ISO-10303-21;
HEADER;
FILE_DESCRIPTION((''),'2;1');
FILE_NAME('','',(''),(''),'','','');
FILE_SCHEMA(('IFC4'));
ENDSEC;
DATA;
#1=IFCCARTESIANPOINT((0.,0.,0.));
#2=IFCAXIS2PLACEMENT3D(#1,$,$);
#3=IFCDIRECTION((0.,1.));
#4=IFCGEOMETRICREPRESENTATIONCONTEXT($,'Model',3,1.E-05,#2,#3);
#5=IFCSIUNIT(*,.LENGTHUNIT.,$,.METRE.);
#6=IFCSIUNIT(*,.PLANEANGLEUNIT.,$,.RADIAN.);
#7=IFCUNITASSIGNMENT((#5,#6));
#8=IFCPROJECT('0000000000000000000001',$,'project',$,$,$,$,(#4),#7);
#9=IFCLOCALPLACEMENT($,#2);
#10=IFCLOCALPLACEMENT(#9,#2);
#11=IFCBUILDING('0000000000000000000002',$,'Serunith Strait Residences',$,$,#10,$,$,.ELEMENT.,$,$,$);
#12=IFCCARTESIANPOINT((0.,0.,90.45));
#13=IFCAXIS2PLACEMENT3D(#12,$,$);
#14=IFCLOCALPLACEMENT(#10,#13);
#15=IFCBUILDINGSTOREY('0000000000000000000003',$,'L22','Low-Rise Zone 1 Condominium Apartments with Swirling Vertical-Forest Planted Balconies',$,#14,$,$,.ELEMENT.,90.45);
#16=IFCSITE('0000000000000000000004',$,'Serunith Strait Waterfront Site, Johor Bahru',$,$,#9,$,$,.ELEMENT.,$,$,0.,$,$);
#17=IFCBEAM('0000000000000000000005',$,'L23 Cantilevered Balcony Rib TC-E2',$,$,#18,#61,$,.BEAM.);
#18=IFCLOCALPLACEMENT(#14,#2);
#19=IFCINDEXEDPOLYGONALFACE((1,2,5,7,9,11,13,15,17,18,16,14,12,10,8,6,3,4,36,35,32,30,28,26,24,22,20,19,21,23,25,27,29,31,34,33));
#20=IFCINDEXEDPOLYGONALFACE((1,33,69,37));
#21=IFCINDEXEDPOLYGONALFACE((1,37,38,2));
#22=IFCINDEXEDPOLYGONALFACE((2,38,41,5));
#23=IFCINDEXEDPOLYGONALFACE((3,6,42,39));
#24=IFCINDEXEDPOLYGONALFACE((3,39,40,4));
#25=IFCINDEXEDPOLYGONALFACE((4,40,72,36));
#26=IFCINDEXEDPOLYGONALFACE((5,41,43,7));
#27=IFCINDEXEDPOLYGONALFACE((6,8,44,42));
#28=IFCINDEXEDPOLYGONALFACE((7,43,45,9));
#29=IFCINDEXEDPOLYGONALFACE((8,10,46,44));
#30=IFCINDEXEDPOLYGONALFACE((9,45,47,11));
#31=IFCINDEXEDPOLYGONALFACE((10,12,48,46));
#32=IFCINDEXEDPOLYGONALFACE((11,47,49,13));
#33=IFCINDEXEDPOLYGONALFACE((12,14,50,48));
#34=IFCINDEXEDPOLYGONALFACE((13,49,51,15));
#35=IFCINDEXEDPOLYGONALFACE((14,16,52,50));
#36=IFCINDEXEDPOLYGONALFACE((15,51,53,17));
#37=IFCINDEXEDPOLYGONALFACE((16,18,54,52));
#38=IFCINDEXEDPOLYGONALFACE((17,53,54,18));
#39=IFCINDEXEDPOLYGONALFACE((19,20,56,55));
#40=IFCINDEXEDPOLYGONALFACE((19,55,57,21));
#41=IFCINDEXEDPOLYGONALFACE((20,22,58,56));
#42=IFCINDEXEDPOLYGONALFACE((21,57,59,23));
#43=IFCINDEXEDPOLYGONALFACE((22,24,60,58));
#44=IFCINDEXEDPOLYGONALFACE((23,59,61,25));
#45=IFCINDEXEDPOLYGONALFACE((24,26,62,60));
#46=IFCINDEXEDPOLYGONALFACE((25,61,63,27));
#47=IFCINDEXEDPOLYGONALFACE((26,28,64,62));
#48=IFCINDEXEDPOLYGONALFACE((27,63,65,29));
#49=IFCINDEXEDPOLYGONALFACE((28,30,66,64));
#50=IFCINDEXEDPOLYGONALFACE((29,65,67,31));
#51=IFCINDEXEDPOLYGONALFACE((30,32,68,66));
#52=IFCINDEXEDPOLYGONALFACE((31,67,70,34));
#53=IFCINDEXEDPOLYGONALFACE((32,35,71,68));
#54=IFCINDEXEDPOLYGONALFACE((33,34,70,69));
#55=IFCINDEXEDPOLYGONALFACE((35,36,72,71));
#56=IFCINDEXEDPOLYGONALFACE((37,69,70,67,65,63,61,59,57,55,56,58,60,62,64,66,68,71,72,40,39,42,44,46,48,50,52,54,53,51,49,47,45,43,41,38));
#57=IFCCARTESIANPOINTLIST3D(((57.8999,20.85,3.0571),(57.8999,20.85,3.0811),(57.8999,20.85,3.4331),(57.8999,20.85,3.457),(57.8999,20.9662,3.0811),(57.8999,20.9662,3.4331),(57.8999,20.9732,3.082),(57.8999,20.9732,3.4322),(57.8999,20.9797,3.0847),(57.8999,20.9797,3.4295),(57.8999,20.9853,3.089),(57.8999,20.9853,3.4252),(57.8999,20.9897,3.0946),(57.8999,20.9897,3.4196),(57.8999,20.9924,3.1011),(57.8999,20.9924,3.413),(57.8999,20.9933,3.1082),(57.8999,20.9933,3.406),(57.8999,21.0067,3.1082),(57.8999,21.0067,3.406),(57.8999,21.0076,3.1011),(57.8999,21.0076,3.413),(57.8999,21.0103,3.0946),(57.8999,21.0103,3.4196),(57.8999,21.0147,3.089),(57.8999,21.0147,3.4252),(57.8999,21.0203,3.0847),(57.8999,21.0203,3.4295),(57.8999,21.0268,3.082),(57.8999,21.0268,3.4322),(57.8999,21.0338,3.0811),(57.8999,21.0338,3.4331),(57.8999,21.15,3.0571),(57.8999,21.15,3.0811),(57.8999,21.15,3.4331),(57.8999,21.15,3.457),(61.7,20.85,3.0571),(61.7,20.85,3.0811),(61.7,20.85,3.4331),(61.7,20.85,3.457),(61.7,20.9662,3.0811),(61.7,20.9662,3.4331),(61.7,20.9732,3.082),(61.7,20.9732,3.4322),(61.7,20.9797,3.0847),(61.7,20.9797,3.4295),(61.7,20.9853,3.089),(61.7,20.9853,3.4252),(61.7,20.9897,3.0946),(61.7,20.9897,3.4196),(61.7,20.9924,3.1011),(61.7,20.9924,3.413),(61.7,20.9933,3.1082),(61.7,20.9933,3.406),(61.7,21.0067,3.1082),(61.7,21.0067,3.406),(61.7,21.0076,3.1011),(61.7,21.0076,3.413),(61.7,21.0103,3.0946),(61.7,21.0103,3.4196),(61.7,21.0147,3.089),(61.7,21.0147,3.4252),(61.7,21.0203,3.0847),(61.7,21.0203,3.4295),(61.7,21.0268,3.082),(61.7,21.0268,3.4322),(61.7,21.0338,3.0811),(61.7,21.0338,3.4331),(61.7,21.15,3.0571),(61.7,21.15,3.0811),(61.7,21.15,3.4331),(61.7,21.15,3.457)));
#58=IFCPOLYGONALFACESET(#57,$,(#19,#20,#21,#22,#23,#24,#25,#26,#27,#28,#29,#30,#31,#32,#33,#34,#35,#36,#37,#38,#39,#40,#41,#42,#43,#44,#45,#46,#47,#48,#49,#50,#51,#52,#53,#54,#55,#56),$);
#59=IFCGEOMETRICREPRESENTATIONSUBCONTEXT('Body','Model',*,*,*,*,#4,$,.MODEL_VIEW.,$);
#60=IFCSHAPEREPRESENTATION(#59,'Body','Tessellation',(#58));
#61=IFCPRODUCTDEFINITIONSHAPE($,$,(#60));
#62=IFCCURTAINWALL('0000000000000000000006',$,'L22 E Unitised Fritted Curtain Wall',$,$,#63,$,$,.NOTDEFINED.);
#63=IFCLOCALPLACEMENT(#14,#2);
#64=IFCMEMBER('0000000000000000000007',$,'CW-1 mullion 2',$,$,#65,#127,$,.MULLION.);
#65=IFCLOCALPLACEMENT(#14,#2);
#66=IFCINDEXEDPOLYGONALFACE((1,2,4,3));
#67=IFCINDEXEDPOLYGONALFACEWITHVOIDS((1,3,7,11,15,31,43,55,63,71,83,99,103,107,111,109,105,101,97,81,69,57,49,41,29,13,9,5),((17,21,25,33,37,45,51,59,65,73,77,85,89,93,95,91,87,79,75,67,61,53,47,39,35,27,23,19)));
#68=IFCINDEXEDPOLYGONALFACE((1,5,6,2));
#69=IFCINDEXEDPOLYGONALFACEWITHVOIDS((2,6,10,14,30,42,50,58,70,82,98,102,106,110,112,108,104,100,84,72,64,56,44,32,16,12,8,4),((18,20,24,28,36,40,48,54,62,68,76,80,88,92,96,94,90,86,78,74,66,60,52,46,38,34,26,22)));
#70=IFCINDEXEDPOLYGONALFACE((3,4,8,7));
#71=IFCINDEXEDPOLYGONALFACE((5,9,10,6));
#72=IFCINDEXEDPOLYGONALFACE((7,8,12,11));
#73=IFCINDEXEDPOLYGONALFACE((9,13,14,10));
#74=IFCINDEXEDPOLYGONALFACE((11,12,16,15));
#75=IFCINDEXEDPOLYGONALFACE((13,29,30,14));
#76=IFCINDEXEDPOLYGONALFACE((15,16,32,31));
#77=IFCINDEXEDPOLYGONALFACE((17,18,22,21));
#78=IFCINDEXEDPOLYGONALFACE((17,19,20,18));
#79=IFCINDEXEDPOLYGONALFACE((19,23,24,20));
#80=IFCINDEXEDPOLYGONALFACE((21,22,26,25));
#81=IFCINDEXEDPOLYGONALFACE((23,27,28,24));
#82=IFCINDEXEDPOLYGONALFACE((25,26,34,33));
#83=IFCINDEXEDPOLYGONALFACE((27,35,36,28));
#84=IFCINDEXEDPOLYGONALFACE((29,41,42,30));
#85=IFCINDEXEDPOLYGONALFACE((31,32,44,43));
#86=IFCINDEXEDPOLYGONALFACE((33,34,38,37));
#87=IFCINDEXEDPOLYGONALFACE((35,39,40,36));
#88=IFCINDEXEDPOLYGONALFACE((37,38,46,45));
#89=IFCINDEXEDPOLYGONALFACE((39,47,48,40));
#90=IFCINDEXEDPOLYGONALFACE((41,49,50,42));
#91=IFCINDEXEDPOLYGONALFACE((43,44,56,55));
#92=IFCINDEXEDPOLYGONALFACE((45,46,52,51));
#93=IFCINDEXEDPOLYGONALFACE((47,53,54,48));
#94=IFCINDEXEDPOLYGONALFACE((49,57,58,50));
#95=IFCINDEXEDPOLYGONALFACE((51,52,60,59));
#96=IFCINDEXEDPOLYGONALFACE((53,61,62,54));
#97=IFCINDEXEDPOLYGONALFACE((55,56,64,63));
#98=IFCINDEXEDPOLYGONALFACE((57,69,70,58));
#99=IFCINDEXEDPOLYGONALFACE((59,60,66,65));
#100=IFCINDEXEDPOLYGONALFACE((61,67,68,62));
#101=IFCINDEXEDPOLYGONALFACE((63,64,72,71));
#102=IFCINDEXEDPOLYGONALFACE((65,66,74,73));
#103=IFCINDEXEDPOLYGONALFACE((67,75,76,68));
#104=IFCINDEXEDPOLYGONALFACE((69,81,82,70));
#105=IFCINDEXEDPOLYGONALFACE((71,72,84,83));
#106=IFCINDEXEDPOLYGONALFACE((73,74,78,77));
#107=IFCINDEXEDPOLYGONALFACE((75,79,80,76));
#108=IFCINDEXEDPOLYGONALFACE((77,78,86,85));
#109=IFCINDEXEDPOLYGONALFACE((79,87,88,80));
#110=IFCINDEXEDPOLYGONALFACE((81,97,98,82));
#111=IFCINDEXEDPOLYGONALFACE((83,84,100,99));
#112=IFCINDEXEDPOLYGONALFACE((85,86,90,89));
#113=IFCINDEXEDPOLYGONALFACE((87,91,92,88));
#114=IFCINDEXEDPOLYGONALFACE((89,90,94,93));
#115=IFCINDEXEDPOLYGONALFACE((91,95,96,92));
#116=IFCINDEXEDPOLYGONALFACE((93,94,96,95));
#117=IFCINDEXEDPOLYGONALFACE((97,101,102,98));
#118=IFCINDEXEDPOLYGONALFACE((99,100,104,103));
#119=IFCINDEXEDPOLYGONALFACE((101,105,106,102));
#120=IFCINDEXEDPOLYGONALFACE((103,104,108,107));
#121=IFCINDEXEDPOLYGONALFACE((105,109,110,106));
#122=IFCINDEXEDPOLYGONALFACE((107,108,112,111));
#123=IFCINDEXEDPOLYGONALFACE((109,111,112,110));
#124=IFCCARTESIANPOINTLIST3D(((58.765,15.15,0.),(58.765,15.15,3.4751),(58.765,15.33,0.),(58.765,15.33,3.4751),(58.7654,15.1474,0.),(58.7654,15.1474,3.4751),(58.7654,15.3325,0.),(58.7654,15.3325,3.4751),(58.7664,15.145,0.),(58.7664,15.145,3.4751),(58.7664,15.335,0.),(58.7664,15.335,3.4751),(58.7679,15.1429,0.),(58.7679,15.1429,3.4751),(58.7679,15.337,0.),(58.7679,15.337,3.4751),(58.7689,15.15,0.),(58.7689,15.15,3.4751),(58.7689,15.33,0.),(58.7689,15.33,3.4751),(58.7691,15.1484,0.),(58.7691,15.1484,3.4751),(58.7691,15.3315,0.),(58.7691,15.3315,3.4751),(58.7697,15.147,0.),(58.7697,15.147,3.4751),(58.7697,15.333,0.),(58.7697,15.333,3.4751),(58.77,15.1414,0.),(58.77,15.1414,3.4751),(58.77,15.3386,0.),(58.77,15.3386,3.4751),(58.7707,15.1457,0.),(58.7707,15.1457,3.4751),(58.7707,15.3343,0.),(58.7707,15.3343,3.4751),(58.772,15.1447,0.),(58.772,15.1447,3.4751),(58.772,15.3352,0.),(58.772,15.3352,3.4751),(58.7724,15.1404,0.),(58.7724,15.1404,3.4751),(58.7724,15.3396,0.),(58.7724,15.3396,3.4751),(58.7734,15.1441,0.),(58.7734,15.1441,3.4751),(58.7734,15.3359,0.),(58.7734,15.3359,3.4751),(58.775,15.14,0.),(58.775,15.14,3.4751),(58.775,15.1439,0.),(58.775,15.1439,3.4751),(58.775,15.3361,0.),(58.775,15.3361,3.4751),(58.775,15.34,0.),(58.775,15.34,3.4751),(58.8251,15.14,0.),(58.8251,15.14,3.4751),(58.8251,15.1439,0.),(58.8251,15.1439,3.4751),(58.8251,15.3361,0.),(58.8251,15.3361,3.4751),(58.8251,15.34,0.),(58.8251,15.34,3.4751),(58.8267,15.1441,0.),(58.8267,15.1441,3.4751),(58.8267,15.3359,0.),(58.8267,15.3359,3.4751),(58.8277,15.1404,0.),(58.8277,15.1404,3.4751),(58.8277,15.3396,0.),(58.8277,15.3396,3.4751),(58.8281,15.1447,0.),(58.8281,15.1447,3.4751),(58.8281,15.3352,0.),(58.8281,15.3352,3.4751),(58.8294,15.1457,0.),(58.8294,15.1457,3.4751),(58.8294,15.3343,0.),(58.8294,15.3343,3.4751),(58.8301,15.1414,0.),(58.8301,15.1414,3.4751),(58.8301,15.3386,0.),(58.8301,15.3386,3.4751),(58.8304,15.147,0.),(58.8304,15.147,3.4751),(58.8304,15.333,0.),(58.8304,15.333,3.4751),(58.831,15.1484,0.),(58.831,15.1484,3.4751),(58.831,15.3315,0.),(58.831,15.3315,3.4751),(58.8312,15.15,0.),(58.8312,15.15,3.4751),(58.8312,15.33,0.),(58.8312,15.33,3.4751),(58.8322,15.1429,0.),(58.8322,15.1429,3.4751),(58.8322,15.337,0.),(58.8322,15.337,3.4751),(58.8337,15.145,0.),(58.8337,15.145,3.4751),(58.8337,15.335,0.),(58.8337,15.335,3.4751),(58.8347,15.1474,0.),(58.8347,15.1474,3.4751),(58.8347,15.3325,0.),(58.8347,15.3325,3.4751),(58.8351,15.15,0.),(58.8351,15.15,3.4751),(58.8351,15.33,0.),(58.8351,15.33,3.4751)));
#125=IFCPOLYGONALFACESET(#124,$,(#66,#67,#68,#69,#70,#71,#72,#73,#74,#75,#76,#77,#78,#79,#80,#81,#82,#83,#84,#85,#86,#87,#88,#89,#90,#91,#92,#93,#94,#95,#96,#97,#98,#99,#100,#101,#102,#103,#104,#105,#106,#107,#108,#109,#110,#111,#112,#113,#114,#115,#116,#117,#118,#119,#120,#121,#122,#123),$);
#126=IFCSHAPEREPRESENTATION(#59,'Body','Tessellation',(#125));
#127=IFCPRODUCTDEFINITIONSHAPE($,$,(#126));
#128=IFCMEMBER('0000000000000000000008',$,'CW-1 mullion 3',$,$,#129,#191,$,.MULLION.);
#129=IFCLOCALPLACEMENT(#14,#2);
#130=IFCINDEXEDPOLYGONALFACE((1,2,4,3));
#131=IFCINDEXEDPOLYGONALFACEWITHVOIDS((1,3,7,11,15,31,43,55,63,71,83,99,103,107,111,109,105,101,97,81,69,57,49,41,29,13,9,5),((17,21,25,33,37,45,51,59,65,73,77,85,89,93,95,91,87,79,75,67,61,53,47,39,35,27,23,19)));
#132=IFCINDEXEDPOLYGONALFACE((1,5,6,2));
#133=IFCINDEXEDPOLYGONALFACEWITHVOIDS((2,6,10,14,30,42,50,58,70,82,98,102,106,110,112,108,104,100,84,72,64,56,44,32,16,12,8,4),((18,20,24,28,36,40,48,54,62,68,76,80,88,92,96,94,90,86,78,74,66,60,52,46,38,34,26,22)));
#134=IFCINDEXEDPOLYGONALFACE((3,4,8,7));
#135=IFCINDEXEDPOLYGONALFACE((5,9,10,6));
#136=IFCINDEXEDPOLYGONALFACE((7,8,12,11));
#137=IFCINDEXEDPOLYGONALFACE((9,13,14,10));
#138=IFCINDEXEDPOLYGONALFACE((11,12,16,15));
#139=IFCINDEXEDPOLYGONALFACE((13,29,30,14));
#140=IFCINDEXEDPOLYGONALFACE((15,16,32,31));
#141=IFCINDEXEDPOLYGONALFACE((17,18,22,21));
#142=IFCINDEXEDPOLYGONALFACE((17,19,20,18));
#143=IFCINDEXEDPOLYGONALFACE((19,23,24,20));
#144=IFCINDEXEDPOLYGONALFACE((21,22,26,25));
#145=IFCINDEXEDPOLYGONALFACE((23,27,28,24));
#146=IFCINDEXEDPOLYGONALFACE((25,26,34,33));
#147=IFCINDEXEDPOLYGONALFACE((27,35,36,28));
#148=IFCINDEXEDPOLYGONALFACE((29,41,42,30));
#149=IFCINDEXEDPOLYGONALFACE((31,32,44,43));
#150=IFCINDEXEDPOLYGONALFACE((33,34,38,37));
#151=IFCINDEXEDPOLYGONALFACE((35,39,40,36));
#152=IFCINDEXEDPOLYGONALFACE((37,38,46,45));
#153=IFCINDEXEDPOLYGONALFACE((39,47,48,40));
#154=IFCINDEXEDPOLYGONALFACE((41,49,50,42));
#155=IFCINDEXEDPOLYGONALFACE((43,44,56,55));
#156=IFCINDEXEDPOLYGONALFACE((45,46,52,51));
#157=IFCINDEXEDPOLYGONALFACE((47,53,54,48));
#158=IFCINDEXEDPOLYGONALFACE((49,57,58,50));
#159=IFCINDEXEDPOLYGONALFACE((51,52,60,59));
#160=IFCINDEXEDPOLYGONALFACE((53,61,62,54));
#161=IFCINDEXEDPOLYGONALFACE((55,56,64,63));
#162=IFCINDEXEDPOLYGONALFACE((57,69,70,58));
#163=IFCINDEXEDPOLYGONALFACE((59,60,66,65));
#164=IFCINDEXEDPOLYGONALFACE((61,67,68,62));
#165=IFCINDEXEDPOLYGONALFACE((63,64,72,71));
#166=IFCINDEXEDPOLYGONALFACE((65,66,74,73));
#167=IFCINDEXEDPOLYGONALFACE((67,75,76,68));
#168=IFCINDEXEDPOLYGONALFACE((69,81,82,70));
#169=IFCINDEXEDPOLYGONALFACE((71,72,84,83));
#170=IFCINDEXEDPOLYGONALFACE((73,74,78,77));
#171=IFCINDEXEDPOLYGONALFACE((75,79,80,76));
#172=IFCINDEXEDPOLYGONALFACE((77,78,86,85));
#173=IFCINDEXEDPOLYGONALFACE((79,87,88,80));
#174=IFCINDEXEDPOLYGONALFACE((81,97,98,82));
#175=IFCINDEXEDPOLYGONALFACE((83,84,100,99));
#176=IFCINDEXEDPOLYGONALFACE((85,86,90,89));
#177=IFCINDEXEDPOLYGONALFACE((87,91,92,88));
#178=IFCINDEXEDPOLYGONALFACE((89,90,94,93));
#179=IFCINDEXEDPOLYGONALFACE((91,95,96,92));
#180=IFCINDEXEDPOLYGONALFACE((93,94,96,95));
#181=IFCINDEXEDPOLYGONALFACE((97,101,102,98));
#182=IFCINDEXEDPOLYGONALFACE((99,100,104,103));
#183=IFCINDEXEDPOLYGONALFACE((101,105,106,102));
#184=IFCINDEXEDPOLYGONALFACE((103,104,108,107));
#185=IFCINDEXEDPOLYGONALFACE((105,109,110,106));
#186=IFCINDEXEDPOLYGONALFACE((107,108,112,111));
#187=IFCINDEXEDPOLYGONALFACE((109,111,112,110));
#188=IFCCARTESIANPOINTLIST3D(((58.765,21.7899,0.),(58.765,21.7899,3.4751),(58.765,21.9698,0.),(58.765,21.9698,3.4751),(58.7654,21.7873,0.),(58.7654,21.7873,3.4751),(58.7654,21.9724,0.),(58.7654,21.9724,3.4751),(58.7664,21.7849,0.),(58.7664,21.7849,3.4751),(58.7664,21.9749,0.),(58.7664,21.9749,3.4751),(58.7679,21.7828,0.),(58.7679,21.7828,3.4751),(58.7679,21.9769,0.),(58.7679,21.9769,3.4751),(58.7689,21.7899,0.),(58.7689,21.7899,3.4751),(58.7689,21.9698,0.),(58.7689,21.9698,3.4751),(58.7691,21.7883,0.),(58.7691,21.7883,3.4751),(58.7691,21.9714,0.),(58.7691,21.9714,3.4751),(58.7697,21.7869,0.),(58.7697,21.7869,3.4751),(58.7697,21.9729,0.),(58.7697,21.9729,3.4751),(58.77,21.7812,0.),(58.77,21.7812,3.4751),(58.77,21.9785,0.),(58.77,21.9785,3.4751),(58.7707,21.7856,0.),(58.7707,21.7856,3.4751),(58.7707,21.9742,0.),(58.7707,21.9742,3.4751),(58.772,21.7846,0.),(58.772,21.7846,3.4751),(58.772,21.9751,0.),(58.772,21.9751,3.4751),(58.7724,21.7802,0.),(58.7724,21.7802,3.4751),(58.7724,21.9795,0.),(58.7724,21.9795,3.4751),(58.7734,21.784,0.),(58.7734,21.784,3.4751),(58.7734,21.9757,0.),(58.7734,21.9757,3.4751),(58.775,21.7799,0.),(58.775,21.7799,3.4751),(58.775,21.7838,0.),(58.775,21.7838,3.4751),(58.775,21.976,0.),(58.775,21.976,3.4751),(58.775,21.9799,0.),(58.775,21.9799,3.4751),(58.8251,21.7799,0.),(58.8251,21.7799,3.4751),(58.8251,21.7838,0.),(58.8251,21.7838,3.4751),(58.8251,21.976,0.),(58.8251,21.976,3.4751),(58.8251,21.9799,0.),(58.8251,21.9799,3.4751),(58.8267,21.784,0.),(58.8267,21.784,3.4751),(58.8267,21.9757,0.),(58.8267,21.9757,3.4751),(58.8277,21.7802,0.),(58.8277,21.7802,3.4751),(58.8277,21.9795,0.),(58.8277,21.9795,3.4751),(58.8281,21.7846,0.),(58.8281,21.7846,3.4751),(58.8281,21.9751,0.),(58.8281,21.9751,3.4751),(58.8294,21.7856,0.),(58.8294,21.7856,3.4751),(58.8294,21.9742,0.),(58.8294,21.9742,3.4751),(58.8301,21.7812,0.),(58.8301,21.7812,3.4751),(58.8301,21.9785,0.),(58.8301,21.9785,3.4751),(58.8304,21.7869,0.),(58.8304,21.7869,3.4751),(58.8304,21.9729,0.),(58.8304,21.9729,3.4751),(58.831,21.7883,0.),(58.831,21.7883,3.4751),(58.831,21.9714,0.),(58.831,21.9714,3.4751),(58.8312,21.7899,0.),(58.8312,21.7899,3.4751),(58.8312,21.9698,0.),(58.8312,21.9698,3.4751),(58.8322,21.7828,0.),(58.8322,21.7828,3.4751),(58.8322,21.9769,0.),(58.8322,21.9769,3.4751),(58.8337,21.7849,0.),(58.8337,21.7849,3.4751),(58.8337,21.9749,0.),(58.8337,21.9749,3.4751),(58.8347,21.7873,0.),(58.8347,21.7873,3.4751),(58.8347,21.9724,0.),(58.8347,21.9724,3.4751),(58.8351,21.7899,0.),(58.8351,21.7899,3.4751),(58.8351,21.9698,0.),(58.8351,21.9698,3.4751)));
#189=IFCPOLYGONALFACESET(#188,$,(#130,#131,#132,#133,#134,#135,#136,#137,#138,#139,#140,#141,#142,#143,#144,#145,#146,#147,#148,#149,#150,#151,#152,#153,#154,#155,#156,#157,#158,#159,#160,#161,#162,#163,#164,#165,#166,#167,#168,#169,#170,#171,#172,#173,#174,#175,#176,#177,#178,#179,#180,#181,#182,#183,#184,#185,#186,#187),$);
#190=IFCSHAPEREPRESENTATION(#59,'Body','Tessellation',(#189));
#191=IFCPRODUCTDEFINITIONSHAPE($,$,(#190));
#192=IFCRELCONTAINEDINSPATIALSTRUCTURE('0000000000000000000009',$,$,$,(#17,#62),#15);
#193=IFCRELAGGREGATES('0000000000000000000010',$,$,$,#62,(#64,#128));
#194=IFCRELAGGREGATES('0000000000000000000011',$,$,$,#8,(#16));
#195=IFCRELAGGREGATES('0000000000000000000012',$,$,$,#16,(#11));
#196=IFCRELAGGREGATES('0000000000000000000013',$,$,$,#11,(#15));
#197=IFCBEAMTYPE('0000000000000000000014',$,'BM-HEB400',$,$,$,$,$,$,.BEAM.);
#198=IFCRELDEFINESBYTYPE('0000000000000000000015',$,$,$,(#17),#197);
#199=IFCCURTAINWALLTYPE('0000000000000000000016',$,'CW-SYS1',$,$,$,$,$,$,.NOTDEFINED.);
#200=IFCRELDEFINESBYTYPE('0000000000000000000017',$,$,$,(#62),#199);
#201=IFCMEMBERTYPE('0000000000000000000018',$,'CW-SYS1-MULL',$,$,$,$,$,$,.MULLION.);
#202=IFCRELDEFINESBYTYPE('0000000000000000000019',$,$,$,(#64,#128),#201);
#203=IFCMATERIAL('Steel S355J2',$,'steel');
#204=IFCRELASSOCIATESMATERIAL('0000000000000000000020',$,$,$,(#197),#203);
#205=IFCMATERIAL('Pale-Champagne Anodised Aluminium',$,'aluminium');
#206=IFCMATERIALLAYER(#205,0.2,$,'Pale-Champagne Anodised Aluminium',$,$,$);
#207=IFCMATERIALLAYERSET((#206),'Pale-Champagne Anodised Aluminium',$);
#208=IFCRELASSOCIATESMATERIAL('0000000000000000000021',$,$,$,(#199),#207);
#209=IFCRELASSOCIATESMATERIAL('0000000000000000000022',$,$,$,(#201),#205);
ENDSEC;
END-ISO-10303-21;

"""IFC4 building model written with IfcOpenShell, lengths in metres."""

from ifc_helpers import new_model, si_unit, direction, frame, origin, origin_2d, place, context, subcontext, project, spatial, hollow_rectangle, i_section, extrude, source, transform, mapped, material, layer, layer_set, material_profile, profile_set, type_object, element, aggregate, save


model = new_model("IFC4")

# Units and contexts
model_context = context("Model", 3, precision=1e-05, world=origin(), true_north=direction((0.0, 1.0)))
body_context = subcontext(model_context, "Body", "Model", "MODEL_VIEW")
ifc_project = project(units=[si_unit("LENGTHUNIT", "METRE"), si_unit("PLANEANGLEUNIT", "RADIAN")], contexts=[model_context])

# Site, building, storey
site_placement = place(None, origin())
site = spatial("IfcSite", under=ifc_project, at=site_placement, Name="Serunith Strait Waterfront Site, Johor Bahru", CompositionType="ELEMENT", RefElevation=0.0)
building_placement = place(site_placement, origin())
building = spatial("IfcBuilding", under=site, at=building_placement, Name="Serunith Strait Residences", CompositionType="ELEMENT")
storey_placement = place(building_placement, frame((0.0, 0.0, 90.45)))
storey = spatial("IfcBuildingStorey", under=building, at=storey_placement, Name="L22", Description="Low-Rise Zone 1 Condominium Apartments with Swirling Vertical-Forest Planted Balconies", CompositionType="ELEMENT", Elevation=90.45)

# Beam
ifc_material_1 = material(Name="Steel S355J2", Category="steel")
ifc_material_profile_1 = material_profile(ifc_material_1, i_section(OverallWidth=0.3, OverallDepth=0.3999, WebThickness=0.0134, FlangeThickness=0.0239, FilletRadius=0.0271, at=origin_2d()), Name="HEB 400")
ifc_profile_set_1 = profile_set([ifc_material_profile_1], Name="Steel S355J2")
beam_type_1 = type_object("IfcBeamType", Name="BM-HEB400", PredefinedType="BEAM", material=ifc_profile_set_1)
shared_shape_1 = source(origin(), body_context, "Body", "SweptSolid", [
    extrude(i_section(OverallWidth=0.3, OverallDepth=0.3999, WebThickness=0.0134, FlangeThickness=0.0239, FilletRadius=0.0271, at=origin_2d()), origin(), (0.0, 0.0, 1.0), 3.8),
])
beam_1_placement = place(storey_placement, frame((57.8999, 21.0, 3.2571), z_axis=(1.0, 0.0, 0.0), x_axis=(0.0, 1.0, 0.0)))
element("IfcBeam", 1, at=beam_1_placement, inside=storey, type_object=beam_type_1, Name="L23 Cantilevered Balcony Rib TC-E2", PredefinedType="BEAM", context=body_context, shape_type="MappedRepresentation", body=[
    mapped(shared_shape_1, transform((0.0, 0.0, 0.0), scale=1.0)),
])

# Curtain wall, members
ifc_material_2 = material(Name="Pale-Champagne Anodised Aluminium", Category="aluminium")
ifc_layer_1 = layer(ifc_material_2, 0.2, Name="Pale-Champagne Anodised Aluminium")
ifc_layer_set_1 = layer_set([ifc_layer_1], Name="Pale-Champagne Anodised Aluminium")
curtain_wall_type = type_object("IfcCurtainWallType", Name="CW-SYS1", PredefinedType="NOTDEFINED", material=ifc_layer_set_1)
curtain_wall_placement = place(storey_placement, origin())
curtain_wall = element("IfcCurtainWall", 2, at=curtain_wall_placement, inside=storey, type_object=curtain_wall_type, Name="L22 E Unitised Fritted Curtain Wall", PredefinedType="NOTDEFINED")
ifc_material_profile_2 = material_profile(ifc_material_2, hollow_rectangle(XDim=0.0701, YDim=0.2, WallThickness=0.0039, InnerFilletRadius=0.0061, OuterFilletRadius=0.01, at=origin_2d()), Name="ALU 200x70x4")
ifc_profile_set_2 = profile_set([ifc_material_profile_2], Name="Pale-Champagne Anodised Aluminium")
member_type_1 = type_object("IfcMemberType", Name="CW-SYS1-MULL", PredefinedType="MULLION", material=ifc_profile_set_2)
shared_shape_2 = source(origin(), body_context, "Body", "SweptSolid", [
    extrude(hollow_rectangle(XDim=0.0701, YDim=0.2, WallThickness=0.0039, InnerFilletRadius=0.0061, OuterFilletRadius=0.01, at=origin_2d()), origin(), (0.0, 0.0, 1.0), 3.4751),
])
member_1_placement = place(storey_placement, frame((58.8, 15.24, 0.0), z_axis=(0.0, 0.0, 1.0), x_axis=(-1.0, 0.0, 0.0)))
member_1 = element("IfcMember", 3, at=member_1_placement, type_object=member_type_1, Name="CW-1 mullion 2", PredefinedType="MULLION", context=body_context, shape_type="MappedRepresentation", body=[
    mapped(shared_shape_2, transform((0.0, 0.0, 0.0), scale=1.0)),
])
member_2_placement = place(storey_placement, frame((58.8, 21.8799, 0.0), z_axis=(0.0, 0.0, 1.0), x_axis=(-1.0, 0.0, 0.0)))
member_2 = element("IfcMember", 4, at=member_2_placement, type_object=member_type_1, Name="CW-1 mullion 3", PredefinedType="MULLION", context=body_context, shape_type="MappedRepresentation", body=[
    mapped(shared_shape_2, transform((0.0, 0.0, 0.0), scale=1.0)),
])
aggregate(curtain_wall, [member_1, member_2])

save(model, "model.ifc")
